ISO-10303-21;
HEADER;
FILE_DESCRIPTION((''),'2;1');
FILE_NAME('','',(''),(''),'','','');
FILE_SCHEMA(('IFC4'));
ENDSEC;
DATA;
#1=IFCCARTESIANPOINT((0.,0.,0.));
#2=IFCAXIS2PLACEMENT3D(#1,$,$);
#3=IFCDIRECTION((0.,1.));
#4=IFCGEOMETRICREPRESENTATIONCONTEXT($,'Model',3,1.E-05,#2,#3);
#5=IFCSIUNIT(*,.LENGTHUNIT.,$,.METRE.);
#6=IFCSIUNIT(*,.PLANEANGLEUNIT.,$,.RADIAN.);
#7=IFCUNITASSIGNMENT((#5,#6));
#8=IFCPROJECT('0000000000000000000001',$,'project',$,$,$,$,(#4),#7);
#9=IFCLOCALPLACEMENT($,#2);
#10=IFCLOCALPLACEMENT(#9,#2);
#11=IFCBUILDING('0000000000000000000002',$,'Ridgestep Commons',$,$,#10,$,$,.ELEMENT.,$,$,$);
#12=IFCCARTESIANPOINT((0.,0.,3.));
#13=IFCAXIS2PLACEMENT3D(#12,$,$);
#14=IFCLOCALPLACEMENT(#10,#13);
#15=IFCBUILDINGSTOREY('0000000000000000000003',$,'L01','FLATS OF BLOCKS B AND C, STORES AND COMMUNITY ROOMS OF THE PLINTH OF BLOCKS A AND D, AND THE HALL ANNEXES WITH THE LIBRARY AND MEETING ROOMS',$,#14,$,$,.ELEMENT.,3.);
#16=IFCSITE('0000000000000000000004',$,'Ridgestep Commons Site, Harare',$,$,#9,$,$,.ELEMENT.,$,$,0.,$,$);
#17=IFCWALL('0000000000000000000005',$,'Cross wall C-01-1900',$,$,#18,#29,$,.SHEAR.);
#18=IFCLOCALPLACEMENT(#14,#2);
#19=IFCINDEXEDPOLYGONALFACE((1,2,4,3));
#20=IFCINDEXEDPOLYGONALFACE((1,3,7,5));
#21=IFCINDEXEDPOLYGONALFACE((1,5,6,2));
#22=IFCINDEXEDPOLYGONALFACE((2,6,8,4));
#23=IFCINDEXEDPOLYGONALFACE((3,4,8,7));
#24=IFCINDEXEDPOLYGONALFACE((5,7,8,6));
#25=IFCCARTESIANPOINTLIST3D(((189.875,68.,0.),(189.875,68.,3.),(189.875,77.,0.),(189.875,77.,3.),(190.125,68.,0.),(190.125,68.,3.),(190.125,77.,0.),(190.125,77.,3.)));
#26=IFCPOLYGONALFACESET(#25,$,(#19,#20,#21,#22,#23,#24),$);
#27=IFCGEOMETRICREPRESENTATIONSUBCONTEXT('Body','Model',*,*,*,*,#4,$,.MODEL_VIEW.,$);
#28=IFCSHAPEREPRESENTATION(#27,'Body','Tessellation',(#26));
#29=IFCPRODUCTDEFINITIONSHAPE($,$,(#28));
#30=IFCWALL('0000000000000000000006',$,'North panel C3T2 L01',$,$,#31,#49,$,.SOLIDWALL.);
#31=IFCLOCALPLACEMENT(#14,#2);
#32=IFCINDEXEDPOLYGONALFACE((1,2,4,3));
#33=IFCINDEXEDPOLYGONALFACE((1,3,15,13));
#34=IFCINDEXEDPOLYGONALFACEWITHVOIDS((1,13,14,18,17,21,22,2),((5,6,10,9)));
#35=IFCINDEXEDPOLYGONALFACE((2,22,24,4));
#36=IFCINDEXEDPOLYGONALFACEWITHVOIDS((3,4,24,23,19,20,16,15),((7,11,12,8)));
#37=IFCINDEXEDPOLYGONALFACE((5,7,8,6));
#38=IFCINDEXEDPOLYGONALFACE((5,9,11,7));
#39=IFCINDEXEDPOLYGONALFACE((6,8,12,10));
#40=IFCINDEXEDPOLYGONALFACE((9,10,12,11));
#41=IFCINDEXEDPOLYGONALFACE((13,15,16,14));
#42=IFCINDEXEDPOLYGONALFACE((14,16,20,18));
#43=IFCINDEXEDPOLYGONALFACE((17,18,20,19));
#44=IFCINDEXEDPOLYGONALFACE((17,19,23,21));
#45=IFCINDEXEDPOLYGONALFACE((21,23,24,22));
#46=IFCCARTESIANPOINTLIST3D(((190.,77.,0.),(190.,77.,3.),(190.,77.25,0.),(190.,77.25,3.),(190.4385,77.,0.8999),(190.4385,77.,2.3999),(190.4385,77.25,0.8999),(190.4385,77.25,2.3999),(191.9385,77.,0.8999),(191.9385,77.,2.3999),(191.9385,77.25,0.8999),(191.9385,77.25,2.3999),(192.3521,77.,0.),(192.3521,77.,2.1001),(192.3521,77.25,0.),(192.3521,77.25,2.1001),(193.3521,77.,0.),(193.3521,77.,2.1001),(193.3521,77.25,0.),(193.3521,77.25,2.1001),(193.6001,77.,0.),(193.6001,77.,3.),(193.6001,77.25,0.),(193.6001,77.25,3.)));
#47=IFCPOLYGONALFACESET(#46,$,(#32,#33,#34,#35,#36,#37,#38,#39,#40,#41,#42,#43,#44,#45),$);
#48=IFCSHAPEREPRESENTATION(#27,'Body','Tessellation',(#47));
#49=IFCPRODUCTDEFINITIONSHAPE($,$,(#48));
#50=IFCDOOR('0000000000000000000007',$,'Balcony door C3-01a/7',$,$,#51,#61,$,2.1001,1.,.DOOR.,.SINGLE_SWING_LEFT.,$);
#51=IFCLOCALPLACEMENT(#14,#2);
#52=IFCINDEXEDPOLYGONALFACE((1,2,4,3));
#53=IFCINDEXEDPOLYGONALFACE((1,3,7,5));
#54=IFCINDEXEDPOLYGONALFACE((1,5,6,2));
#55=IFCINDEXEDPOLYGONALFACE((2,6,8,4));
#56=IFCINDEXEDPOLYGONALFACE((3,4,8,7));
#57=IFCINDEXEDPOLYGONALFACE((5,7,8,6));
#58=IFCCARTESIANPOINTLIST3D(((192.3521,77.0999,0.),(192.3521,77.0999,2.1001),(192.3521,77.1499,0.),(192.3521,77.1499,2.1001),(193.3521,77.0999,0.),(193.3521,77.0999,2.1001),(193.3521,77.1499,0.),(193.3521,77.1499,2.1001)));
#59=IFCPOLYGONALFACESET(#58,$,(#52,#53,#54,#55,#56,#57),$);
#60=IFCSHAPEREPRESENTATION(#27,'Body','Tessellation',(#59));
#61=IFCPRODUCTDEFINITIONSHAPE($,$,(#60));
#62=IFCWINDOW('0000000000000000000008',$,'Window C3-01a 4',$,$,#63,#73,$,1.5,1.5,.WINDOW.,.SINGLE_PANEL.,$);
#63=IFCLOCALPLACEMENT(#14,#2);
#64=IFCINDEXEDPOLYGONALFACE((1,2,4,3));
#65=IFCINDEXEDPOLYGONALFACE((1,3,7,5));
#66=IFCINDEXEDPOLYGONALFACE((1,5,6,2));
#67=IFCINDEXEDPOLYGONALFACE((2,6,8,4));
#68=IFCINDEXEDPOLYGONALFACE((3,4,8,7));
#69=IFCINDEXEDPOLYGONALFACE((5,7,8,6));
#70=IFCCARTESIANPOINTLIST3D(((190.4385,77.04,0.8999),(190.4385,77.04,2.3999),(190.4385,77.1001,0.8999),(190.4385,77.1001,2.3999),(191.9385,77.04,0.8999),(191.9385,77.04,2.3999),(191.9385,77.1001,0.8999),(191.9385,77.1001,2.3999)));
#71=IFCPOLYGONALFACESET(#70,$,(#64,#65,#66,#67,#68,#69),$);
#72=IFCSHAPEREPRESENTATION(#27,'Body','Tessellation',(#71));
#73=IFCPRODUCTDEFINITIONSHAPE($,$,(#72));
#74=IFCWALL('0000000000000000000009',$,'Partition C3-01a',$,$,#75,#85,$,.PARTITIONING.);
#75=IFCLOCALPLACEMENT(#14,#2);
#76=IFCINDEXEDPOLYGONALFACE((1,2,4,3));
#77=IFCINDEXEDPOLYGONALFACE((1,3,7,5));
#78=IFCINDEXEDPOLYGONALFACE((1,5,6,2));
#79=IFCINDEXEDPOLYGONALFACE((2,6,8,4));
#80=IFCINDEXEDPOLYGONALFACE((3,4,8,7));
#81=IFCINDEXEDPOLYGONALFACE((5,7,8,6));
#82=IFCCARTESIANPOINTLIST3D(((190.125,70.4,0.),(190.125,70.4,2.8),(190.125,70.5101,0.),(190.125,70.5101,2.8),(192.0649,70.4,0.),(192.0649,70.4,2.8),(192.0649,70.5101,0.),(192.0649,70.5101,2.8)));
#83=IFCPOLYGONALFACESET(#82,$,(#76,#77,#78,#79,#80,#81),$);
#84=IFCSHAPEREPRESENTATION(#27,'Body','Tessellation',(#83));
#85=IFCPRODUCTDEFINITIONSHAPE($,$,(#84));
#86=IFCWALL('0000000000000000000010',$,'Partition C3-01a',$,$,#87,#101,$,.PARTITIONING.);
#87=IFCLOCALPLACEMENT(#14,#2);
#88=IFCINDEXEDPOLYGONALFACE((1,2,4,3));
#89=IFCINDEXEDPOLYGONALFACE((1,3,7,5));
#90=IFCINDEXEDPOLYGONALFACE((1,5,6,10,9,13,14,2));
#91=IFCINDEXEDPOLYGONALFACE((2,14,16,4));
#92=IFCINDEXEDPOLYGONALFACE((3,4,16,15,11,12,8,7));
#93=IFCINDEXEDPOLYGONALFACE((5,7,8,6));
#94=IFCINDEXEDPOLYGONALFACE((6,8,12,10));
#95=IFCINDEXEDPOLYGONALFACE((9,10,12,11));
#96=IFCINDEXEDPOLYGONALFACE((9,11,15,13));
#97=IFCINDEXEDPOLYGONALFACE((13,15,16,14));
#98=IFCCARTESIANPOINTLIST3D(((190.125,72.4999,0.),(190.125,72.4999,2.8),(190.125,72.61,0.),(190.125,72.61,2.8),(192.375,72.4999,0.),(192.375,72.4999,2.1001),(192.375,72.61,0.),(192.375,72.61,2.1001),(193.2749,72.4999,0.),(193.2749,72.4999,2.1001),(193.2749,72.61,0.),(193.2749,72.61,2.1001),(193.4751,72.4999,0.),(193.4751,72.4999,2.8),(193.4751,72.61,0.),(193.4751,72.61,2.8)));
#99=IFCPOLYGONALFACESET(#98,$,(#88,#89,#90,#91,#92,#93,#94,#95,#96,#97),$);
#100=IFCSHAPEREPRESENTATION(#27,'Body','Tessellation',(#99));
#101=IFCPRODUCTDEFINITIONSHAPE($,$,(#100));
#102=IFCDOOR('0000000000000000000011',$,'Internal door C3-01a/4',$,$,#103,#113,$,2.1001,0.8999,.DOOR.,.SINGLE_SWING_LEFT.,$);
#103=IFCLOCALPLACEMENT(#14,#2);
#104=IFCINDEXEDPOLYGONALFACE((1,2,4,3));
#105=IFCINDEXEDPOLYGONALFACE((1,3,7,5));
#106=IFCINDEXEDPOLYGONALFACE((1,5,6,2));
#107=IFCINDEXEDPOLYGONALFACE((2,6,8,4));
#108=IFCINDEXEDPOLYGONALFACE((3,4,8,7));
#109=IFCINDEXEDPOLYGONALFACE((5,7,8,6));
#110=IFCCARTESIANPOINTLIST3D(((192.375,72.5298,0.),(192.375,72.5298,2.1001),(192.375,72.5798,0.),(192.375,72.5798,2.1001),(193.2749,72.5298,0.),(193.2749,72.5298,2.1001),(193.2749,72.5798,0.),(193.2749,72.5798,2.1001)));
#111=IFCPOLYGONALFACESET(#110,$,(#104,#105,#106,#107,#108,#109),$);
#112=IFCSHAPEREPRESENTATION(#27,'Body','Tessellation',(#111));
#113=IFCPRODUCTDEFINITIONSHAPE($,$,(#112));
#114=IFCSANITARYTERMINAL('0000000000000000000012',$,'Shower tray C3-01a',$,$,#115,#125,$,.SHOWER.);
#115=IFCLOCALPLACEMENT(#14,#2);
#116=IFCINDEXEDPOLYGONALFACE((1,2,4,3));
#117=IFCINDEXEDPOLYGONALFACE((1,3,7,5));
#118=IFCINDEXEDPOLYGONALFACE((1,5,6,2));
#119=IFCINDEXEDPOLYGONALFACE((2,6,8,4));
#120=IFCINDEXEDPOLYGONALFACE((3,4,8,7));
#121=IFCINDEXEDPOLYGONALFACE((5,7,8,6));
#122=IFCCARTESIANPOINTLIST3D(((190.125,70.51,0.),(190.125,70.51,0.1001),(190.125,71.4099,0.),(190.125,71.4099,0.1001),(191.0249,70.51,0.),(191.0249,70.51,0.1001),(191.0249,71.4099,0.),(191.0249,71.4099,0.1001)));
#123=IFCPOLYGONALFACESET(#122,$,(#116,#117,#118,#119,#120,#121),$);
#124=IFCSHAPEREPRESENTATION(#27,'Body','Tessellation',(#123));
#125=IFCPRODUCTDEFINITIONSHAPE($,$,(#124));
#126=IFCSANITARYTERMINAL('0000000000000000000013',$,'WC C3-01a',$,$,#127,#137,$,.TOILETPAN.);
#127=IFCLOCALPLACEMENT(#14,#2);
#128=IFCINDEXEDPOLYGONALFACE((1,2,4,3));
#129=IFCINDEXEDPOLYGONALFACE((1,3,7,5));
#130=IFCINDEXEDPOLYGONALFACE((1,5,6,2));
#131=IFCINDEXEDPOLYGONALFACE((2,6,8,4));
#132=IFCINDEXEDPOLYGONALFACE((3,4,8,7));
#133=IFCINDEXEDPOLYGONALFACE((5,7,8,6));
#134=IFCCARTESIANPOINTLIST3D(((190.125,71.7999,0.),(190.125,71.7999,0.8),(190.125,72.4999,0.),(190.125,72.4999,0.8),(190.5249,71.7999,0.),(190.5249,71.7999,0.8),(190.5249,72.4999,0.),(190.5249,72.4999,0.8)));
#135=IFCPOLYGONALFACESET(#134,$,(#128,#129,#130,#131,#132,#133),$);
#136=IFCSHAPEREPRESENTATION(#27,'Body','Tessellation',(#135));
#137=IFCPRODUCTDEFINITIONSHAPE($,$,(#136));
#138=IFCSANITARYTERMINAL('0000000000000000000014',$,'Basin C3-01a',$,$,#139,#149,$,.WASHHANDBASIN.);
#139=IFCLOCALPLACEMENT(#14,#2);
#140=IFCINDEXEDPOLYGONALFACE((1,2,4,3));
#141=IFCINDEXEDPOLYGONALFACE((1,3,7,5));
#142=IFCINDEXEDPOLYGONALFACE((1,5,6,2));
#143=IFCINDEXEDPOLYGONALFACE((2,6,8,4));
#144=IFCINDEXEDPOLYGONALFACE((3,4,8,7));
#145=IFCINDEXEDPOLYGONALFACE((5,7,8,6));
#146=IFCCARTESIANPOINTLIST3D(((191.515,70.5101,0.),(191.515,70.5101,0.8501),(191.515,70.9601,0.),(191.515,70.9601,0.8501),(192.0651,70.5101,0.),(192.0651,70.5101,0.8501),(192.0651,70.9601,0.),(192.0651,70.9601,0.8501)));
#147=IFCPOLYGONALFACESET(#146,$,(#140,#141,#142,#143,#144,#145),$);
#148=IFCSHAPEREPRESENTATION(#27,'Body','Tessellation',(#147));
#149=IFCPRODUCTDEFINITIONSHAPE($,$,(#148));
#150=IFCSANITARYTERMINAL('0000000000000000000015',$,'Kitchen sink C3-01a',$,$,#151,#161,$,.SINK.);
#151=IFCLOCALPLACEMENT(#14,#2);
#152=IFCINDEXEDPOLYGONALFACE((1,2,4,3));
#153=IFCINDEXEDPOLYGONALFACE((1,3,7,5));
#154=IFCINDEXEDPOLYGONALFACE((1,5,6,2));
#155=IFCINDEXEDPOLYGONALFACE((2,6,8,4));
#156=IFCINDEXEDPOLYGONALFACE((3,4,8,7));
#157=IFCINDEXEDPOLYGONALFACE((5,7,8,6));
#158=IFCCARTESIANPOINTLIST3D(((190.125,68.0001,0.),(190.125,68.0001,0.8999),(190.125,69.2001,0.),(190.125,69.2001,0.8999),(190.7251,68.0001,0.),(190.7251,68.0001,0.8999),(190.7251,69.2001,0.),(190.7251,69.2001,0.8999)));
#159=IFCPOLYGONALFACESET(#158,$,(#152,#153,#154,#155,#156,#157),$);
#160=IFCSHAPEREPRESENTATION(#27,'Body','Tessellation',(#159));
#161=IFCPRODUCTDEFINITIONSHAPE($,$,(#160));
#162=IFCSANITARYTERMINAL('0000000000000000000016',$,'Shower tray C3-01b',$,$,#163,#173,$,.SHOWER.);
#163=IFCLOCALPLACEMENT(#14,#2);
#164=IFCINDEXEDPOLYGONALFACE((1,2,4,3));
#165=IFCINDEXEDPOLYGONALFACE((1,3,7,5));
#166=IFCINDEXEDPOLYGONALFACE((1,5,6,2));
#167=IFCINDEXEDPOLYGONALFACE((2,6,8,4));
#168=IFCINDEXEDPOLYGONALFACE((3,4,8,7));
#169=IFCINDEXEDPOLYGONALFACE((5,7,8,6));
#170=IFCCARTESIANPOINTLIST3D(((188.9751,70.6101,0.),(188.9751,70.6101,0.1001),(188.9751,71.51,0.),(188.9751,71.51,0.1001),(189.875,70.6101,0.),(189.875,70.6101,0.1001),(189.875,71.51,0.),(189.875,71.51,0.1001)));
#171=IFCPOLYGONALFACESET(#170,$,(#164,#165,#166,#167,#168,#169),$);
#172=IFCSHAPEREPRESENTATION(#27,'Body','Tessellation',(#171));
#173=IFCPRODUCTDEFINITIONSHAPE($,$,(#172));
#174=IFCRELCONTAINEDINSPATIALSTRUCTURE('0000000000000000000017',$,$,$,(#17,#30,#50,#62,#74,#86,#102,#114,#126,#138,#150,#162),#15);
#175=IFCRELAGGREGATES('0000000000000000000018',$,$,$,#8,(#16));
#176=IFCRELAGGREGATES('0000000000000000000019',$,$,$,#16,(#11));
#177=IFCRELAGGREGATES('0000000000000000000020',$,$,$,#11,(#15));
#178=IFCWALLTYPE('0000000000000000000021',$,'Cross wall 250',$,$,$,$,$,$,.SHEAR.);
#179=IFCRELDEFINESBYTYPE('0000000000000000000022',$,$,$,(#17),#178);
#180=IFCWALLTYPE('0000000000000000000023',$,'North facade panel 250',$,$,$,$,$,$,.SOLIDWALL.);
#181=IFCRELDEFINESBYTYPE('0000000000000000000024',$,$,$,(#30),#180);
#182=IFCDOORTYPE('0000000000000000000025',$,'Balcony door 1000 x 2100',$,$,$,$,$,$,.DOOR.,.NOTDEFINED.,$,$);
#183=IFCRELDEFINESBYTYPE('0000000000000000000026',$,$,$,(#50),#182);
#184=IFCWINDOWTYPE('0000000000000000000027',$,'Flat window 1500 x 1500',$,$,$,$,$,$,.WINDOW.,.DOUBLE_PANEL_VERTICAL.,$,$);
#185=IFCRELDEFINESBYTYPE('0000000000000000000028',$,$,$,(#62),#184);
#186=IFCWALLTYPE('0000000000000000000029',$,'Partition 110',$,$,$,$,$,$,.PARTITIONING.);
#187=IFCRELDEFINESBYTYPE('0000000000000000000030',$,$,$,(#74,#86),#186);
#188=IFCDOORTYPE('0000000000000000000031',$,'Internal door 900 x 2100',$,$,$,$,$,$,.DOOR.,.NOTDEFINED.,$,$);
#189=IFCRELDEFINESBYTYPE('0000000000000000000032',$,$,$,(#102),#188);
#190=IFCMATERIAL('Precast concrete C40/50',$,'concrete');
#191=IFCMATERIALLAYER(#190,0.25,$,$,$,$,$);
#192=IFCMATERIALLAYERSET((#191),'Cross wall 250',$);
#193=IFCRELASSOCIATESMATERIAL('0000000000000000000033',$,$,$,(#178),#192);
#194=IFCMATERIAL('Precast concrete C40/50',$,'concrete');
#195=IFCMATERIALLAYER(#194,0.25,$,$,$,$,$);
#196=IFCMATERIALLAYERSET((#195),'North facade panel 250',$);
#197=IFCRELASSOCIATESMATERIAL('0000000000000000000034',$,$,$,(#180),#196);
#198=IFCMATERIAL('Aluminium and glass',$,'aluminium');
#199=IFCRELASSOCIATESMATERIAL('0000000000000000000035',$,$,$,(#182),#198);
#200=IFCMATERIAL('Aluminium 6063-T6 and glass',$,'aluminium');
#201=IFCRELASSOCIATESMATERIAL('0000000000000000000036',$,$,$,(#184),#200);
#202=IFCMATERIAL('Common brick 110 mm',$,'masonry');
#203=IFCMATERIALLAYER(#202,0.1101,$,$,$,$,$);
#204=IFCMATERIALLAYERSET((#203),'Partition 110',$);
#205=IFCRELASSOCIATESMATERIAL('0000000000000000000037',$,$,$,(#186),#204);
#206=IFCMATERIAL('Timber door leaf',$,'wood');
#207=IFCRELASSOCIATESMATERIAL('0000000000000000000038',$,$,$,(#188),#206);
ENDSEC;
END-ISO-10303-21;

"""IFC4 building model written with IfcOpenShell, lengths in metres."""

from ifc_helpers import new_model, si_unit, direction, frame, frame_2d, origin, origin_2d, place, context, subcontext, project, spatial, rectangle, extrude, material, layer, layer_set, type_object, element, fill, save


model = new_model("IFC4")

# Units and contexts
model_context = context("Model", 3, precision=1e-05, world=origin(), true_north=direction((0.0, 1.0)))
body_context = subcontext(model_context, "Body", "Model", "MODEL_VIEW")
ifc_project = project(units=[si_unit("LENGTHUNIT", "METRE"), si_unit("PLANEANGLEUNIT", "RADIAN")], contexts=[model_context])

# Site, building, storey
site_placement = place(None, origin())
site = spatial("IfcSite", under=ifc_project, at=site_placement, Name="Ridgestep Commons Site, Harare", CompositionType="ELEMENT", RefElevation=0.0)
building_placement = place(site_placement, origin())
building = spatial("IfcBuilding", under=site, at=building_placement, Name="Ridgestep Commons", CompositionType="ELEMENT")
storey_placement = place(building_placement, frame((0.0, 0.0, 3.0)))
storey = spatial("IfcBuildingStorey", under=building, at=storey_placement, Name="L01", Description="FLATS OF BLOCKS B AND C, STORES AND COMMUNITY ROOMS OF THE PLINTH OF BLOCKS A AND D, AND THE HALL ANNEXES WITH THE LIBRARY AND MEETING ROOMS", CompositionType="ELEMENT", Elevation=3.0)

# Wall
ifc_material_1 = material(Name="Precast concrete C40/50", Category="concrete")
ifc_layer_1 = layer(ifc_material_1, 0.25)
ifc_layer_set_1 = layer_set([ifc_layer_1], Name="Cross wall 250")
wall_type_1 = type_object("IfcWallType", Name="Cross wall 250", PredefinedType="SHEAR", material=ifc_layer_set_1)
wall_1_placement = place(storey_placement, frame((190.0, 68.0, 0.0), z_axis=(0.0, 0.0, 1.0), x_axis=(0.0, 1.0, 0.0)))
element("IfcWall", 1, at=wall_1_placement, inside=storey, type_object=wall_type_1, Name="Cross wall C-01-1900", PredefinedType="SHEAR", context=body_context, shape_type="SweptSolid", body=[
    extrude(rectangle(XDim=9.0, YDim=0.25, at=frame_2d((4.5, 0.0))), origin(), (0.0, 0.0, 1.0), 3.0),
])

# Wall, openings, door, window
ifc_material_2 = material(Name="Precast concrete C40/50", Category="concrete")
ifc_layer_2 = layer(ifc_material_2, 0.25)
ifc_layer_set_2 = layer_set([ifc_layer_2], Name="North facade panel 250")
wall_type_2 = type_object("IfcWallType", Name="North facade panel 250", PredefinedType="SOLIDWALL", material=ifc_layer_set_2)
wall_2_placement = place(storey_placement, frame((190.0, 77.125, 0.0), z_axis=(0.0, 0.0, 1.0), x_axis=(1.0, 0.0, 0.0)))
wall_2 = element("IfcWall", 2, at=wall_2_placement, inside=storey, type_object=wall_type_2, Name="North panel C3T2 L01", PredefinedType="SOLIDWALL", context=body_context, shape_type="SweptSolid", body=[
    extrude(rectangle(XDim=3.6001, YDim=0.25, at=frame_2d((1.8, 0.0))), origin(), (0.0, 0.0, 1.0), 3.0),
])
opening_1_placement = place(wall_2_placement, frame((0.4385, 0.0, 0.8999)))
opening_1 = element("IfcOpeningElement", 3, at=opening_1_placement, cuts=wall_2, PredefinedType="OPENING", context=body_context, shape_type="SweptSolid", body=[
    extrude(rectangle(XDim=1.5, YDim=1.5, at=frame_2d((0.75, 0.75))), frame((0.0, 0.135, 0.0), z_axis=(0.0, -1.0, 0.0), x_axis=(1.0, 0.0, 0.0)), (0.0, 0.0, 1.0), 0.27),
])
opening_2_placement = place(wall_2_placement, frame((2.3521, 0.0, 0.0)))
opening_2 = element("IfcOpeningElement", 4, at=opening_2_placement, cuts=wall_2, PredefinedType="OPENING", context=body_context, shape_type="SweptSolid", body=[
    extrude(rectangle(XDim=1.0, YDim=2.1001, at=frame_2d((0.5, 1.05))), frame((0.0, 0.135, 0.0), z_axis=(0.0, -1.0, 0.0), x_axis=(1.0, 0.0, 0.0)), (0.0, 0.0, 1.0), 0.27),
])
ifc_material_3 = material(Name="Aluminium and glass", Category="aluminium")
door_type_1 = type_object("IfcDoorType", Name="Balcony door 1000 x 2100", OperationType="NOTDEFINED", PredefinedType="DOOR", material=ifc_material_3)
door_1_placement = place(opening_2_placement, origin())
door_1 = element("IfcDoor", 5, at=door_1_placement, inside=storey, type_object=door_type_1, Name="Balcony door C3-01a/7", OperationType="SINGLE_SWING_LEFT", OverallHeight=2.1001, OverallWidth=1.0, PredefinedType="DOOR", context=body_context, shape_type="SweptSolid", body=[
    extrude(rectangle(XDim=1.0, YDim=2.1001, at=frame_2d((0.5, 1.05))), frame((0.0, 0.0249, 0.0), z_axis=(0.0, -1.0, 0.0), x_axis=(1.0, 0.0, 0.0)), (0.0, 0.0, 1.0), 0.05),
])
fill(opening_2, door_1)
ifc_material_4 = material(Name="Aluminium 6063-T6 and glass", Category="aluminium")
window_type = type_object("IfcWindowType", Name="Flat window 1500 x 1500", PartitioningType="DOUBLE_PANEL_VERTICAL", PredefinedType="WINDOW", material=ifc_material_4)
window_placement = place(opening_1_placement, origin())
window = element("IfcWindow", 6, at=window_placement, inside=storey, type_object=window_type, Name="Window C3-01a 4", OverallHeight=1.5, OverallWidth=1.5, PartitioningType="SINGLE_PANEL", PredefinedType="WINDOW", context=body_context, shape_type="SweptSolid", body=[
    extrude(rectangle(XDim=1.5, YDim=1.5, at=frame_2d((0.75, 0.75))), frame((0.0, -0.0249, 0.0), z_axis=(0.0, -1.0, 0.0), x_axis=(1.0, 0.0, 0.0)), (0.0, 0.0, 1.0), 0.0601),
])
fill(opening_1, window)

# Wall
ifc_material_5 = material(Name="Common brick 110 mm", Category="masonry")
ifc_layer_3 = layer(ifc_material_5, 0.1101)
ifc_layer_set_3 = layer_set([ifc_layer_3], Name="Partition 110")
wall_type_3 = type_object("IfcWallType", Name="Partition 110", PredefinedType="PARTITIONING", material=ifc_layer_set_3)
wall_3_placement = place(storey_placement, frame((190.125, 70.4551, 0.0), z_axis=(0.0, 0.0, 1.0), x_axis=(1.0, 0.0, 0.0)))
element("IfcWall", 7, at=wall_3_placement, inside=storey, type_object=wall_type_3, Name="Partition C3-01a", PredefinedType="PARTITIONING", context=body_context, shape_type="SweptSolid", body=[
    extrude(rectangle(XDim=1.9399, YDim=0.1101, at=frame_2d((0.97, 0.0))), origin(), (0.0, 0.0, 1.0), 2.8),
])

# Wall, opening, door
wall_4_placement = place(storey_placement, frame((190.125, 72.5549, 0.0), z_axis=(0.0, 0.0, 1.0), x_axis=(1.0, 0.0, 0.0)))
wall_4 = element("IfcWall", 8, at=wall_4_placement, inside=storey, type_object=wall_type_3, Name="Partition C3-01a", PredefinedType="PARTITIONING", context=body_context, shape_type="SweptSolid", body=[
    extrude(rectangle(XDim=3.3501, YDim=0.1101, at=frame_2d((1.675, 0.0))), origin(), (0.0, 0.0, 1.0), 2.8),
])
opening_3_placement = place(wall_4_placement, frame((2.25, 0.0, 0.0)))
opening_3 = element("IfcOpeningElement", 9, at=opening_3_placement, cuts=wall_4, PredefinedType="OPENING", context=body_context, shape_type="SweptSolid", body=[
    extrude(rectangle(XDim=0.8999, YDim=2.1001, at=frame_2d((0.45, 1.05))), frame((0.0, 0.0649, 0.0), z_axis=(0.0, -1.0, 0.0), x_axis=(1.0, 0.0, 0.0)), (0.0, 0.0, 1.0), 0.1301),
])
ifc_material_6 = material(Name="Timber door leaf", Category="wood")
door_type_2 = type_object("IfcDoorType", Name="Internal door 900 x 2100", OperationType="NOTDEFINED", PredefinedType="DOOR", material=ifc_material_6)
door_2_placement = place(opening_3_placement, origin())
door_2 = element("IfcDoor", 10, at=door_2_placement, inside=storey, type_object=door_type_2, Name="Internal door C3-01a/4", OperationType="SINGLE_SWING_LEFT", OverallHeight=2.1001, OverallWidth=0.8999, PredefinedType="DOOR", context=body_context, shape_type="SweptSolid", body=[
    extrude(rectangle(XDim=0.8999, YDim=2.1001, at=frame_2d((0.45, 1.05))), frame((0.0, 0.0249, 0.0), z_axis=(0.0, -1.0, 0.0), x_axis=(1.0, 0.0, 0.0)), (0.0, 0.0, 1.0), 0.05),
])
fill(opening_3, door_2)

# Sanitary terminals
sanitary_terminal_1_placement = place(storey_placement, frame((190.575, 70.96, 0.0), z_axis=(0.0, 0.0, 1.0), x_axis=(1.0, 0.0, 0.0)))
element("IfcSanitaryTerminal", 11, at=sanitary_terminal_1_placement, inside=storey, Name="Shower tray C3-01a", PredefinedType="SHOWER", context=body_context, shape_type="SweptSolid", body=[
    extrude(rectangle(XDim=0.8999, YDim=0.8999, at=origin_2d()), origin(), (0.0, 0.0, 1.0), 0.1001),
])
sanitary_terminal_2_placement = place(storey_placement, frame((190.325, 72.1499, 0.0), z_axis=(0.0, 0.0, 1.0), x_axis=(1.0, 0.0, 0.0)))
element("IfcSanitaryTerminal", 12, at=sanitary_terminal_2_placement, inside=storey, Name="WC C3-01a", PredefinedType="TOILETPAN", context=body_context, shape_type="SweptSolid", body=[
    extrude(rectangle(XDim=0.3999, YDim=0.7, at=origin_2d()), origin(), (0.0, 0.0, 1.0), 0.8),
])
sanitary_terminal_3_placement = place(storey_placement, frame((191.79, 70.7351, 0.0), z_axis=(0.0, 0.0, 1.0), x_axis=(1.0, 0.0, 0.0)))
element("IfcSanitaryTerminal", 13, at=sanitary_terminal_3_placement, inside=storey, Name="Basin C3-01a", PredefinedType="WASHHANDBASIN", context=body_context, shape_type="SweptSolid", body=[
    extrude(rectangle(XDim=0.55, YDim=0.45, at=origin_2d()), origin(), (0.0, 0.0, 1.0), 0.8501),
])
sanitary_terminal_4_placement = place(storey_placement, frame((190.425, 68.6001, 0.0), z_axis=(0.0, 0.0, 1.0), x_axis=(1.0, 0.0, 0.0)))
element("IfcSanitaryTerminal", 14, at=sanitary_terminal_4_placement, inside=storey, Name="Kitchen sink C3-01a", PredefinedType="SINK", context=body_context, shape_type="SweptSolid", body=[
    extrude(rectangle(XDim=0.6001, YDim=1.2, at=origin_2d()), origin(), (0.0, 0.0, 1.0), 0.8999),
])
sanitary_terminal_5_placement = place(storey_placement, frame((189.425, 71.0601, 0.0), z_axis=(0.0, 0.0, 1.0), x_axis=(1.0, 0.0, 0.0)))
element("IfcSanitaryTerminal", 15, at=sanitary_terminal_5_placement, inside=storey, Name="Shower tray C3-01b", PredefinedType="SHOWER", context=body_context, shape_type="SweptSolid", body=[
    extrude(rectangle(XDim=0.8999, YDim=0.8999, at=origin_2d()), origin(), (0.0, 0.0, 1.0), 0.1001),
])

save(model, "model.ifc")
